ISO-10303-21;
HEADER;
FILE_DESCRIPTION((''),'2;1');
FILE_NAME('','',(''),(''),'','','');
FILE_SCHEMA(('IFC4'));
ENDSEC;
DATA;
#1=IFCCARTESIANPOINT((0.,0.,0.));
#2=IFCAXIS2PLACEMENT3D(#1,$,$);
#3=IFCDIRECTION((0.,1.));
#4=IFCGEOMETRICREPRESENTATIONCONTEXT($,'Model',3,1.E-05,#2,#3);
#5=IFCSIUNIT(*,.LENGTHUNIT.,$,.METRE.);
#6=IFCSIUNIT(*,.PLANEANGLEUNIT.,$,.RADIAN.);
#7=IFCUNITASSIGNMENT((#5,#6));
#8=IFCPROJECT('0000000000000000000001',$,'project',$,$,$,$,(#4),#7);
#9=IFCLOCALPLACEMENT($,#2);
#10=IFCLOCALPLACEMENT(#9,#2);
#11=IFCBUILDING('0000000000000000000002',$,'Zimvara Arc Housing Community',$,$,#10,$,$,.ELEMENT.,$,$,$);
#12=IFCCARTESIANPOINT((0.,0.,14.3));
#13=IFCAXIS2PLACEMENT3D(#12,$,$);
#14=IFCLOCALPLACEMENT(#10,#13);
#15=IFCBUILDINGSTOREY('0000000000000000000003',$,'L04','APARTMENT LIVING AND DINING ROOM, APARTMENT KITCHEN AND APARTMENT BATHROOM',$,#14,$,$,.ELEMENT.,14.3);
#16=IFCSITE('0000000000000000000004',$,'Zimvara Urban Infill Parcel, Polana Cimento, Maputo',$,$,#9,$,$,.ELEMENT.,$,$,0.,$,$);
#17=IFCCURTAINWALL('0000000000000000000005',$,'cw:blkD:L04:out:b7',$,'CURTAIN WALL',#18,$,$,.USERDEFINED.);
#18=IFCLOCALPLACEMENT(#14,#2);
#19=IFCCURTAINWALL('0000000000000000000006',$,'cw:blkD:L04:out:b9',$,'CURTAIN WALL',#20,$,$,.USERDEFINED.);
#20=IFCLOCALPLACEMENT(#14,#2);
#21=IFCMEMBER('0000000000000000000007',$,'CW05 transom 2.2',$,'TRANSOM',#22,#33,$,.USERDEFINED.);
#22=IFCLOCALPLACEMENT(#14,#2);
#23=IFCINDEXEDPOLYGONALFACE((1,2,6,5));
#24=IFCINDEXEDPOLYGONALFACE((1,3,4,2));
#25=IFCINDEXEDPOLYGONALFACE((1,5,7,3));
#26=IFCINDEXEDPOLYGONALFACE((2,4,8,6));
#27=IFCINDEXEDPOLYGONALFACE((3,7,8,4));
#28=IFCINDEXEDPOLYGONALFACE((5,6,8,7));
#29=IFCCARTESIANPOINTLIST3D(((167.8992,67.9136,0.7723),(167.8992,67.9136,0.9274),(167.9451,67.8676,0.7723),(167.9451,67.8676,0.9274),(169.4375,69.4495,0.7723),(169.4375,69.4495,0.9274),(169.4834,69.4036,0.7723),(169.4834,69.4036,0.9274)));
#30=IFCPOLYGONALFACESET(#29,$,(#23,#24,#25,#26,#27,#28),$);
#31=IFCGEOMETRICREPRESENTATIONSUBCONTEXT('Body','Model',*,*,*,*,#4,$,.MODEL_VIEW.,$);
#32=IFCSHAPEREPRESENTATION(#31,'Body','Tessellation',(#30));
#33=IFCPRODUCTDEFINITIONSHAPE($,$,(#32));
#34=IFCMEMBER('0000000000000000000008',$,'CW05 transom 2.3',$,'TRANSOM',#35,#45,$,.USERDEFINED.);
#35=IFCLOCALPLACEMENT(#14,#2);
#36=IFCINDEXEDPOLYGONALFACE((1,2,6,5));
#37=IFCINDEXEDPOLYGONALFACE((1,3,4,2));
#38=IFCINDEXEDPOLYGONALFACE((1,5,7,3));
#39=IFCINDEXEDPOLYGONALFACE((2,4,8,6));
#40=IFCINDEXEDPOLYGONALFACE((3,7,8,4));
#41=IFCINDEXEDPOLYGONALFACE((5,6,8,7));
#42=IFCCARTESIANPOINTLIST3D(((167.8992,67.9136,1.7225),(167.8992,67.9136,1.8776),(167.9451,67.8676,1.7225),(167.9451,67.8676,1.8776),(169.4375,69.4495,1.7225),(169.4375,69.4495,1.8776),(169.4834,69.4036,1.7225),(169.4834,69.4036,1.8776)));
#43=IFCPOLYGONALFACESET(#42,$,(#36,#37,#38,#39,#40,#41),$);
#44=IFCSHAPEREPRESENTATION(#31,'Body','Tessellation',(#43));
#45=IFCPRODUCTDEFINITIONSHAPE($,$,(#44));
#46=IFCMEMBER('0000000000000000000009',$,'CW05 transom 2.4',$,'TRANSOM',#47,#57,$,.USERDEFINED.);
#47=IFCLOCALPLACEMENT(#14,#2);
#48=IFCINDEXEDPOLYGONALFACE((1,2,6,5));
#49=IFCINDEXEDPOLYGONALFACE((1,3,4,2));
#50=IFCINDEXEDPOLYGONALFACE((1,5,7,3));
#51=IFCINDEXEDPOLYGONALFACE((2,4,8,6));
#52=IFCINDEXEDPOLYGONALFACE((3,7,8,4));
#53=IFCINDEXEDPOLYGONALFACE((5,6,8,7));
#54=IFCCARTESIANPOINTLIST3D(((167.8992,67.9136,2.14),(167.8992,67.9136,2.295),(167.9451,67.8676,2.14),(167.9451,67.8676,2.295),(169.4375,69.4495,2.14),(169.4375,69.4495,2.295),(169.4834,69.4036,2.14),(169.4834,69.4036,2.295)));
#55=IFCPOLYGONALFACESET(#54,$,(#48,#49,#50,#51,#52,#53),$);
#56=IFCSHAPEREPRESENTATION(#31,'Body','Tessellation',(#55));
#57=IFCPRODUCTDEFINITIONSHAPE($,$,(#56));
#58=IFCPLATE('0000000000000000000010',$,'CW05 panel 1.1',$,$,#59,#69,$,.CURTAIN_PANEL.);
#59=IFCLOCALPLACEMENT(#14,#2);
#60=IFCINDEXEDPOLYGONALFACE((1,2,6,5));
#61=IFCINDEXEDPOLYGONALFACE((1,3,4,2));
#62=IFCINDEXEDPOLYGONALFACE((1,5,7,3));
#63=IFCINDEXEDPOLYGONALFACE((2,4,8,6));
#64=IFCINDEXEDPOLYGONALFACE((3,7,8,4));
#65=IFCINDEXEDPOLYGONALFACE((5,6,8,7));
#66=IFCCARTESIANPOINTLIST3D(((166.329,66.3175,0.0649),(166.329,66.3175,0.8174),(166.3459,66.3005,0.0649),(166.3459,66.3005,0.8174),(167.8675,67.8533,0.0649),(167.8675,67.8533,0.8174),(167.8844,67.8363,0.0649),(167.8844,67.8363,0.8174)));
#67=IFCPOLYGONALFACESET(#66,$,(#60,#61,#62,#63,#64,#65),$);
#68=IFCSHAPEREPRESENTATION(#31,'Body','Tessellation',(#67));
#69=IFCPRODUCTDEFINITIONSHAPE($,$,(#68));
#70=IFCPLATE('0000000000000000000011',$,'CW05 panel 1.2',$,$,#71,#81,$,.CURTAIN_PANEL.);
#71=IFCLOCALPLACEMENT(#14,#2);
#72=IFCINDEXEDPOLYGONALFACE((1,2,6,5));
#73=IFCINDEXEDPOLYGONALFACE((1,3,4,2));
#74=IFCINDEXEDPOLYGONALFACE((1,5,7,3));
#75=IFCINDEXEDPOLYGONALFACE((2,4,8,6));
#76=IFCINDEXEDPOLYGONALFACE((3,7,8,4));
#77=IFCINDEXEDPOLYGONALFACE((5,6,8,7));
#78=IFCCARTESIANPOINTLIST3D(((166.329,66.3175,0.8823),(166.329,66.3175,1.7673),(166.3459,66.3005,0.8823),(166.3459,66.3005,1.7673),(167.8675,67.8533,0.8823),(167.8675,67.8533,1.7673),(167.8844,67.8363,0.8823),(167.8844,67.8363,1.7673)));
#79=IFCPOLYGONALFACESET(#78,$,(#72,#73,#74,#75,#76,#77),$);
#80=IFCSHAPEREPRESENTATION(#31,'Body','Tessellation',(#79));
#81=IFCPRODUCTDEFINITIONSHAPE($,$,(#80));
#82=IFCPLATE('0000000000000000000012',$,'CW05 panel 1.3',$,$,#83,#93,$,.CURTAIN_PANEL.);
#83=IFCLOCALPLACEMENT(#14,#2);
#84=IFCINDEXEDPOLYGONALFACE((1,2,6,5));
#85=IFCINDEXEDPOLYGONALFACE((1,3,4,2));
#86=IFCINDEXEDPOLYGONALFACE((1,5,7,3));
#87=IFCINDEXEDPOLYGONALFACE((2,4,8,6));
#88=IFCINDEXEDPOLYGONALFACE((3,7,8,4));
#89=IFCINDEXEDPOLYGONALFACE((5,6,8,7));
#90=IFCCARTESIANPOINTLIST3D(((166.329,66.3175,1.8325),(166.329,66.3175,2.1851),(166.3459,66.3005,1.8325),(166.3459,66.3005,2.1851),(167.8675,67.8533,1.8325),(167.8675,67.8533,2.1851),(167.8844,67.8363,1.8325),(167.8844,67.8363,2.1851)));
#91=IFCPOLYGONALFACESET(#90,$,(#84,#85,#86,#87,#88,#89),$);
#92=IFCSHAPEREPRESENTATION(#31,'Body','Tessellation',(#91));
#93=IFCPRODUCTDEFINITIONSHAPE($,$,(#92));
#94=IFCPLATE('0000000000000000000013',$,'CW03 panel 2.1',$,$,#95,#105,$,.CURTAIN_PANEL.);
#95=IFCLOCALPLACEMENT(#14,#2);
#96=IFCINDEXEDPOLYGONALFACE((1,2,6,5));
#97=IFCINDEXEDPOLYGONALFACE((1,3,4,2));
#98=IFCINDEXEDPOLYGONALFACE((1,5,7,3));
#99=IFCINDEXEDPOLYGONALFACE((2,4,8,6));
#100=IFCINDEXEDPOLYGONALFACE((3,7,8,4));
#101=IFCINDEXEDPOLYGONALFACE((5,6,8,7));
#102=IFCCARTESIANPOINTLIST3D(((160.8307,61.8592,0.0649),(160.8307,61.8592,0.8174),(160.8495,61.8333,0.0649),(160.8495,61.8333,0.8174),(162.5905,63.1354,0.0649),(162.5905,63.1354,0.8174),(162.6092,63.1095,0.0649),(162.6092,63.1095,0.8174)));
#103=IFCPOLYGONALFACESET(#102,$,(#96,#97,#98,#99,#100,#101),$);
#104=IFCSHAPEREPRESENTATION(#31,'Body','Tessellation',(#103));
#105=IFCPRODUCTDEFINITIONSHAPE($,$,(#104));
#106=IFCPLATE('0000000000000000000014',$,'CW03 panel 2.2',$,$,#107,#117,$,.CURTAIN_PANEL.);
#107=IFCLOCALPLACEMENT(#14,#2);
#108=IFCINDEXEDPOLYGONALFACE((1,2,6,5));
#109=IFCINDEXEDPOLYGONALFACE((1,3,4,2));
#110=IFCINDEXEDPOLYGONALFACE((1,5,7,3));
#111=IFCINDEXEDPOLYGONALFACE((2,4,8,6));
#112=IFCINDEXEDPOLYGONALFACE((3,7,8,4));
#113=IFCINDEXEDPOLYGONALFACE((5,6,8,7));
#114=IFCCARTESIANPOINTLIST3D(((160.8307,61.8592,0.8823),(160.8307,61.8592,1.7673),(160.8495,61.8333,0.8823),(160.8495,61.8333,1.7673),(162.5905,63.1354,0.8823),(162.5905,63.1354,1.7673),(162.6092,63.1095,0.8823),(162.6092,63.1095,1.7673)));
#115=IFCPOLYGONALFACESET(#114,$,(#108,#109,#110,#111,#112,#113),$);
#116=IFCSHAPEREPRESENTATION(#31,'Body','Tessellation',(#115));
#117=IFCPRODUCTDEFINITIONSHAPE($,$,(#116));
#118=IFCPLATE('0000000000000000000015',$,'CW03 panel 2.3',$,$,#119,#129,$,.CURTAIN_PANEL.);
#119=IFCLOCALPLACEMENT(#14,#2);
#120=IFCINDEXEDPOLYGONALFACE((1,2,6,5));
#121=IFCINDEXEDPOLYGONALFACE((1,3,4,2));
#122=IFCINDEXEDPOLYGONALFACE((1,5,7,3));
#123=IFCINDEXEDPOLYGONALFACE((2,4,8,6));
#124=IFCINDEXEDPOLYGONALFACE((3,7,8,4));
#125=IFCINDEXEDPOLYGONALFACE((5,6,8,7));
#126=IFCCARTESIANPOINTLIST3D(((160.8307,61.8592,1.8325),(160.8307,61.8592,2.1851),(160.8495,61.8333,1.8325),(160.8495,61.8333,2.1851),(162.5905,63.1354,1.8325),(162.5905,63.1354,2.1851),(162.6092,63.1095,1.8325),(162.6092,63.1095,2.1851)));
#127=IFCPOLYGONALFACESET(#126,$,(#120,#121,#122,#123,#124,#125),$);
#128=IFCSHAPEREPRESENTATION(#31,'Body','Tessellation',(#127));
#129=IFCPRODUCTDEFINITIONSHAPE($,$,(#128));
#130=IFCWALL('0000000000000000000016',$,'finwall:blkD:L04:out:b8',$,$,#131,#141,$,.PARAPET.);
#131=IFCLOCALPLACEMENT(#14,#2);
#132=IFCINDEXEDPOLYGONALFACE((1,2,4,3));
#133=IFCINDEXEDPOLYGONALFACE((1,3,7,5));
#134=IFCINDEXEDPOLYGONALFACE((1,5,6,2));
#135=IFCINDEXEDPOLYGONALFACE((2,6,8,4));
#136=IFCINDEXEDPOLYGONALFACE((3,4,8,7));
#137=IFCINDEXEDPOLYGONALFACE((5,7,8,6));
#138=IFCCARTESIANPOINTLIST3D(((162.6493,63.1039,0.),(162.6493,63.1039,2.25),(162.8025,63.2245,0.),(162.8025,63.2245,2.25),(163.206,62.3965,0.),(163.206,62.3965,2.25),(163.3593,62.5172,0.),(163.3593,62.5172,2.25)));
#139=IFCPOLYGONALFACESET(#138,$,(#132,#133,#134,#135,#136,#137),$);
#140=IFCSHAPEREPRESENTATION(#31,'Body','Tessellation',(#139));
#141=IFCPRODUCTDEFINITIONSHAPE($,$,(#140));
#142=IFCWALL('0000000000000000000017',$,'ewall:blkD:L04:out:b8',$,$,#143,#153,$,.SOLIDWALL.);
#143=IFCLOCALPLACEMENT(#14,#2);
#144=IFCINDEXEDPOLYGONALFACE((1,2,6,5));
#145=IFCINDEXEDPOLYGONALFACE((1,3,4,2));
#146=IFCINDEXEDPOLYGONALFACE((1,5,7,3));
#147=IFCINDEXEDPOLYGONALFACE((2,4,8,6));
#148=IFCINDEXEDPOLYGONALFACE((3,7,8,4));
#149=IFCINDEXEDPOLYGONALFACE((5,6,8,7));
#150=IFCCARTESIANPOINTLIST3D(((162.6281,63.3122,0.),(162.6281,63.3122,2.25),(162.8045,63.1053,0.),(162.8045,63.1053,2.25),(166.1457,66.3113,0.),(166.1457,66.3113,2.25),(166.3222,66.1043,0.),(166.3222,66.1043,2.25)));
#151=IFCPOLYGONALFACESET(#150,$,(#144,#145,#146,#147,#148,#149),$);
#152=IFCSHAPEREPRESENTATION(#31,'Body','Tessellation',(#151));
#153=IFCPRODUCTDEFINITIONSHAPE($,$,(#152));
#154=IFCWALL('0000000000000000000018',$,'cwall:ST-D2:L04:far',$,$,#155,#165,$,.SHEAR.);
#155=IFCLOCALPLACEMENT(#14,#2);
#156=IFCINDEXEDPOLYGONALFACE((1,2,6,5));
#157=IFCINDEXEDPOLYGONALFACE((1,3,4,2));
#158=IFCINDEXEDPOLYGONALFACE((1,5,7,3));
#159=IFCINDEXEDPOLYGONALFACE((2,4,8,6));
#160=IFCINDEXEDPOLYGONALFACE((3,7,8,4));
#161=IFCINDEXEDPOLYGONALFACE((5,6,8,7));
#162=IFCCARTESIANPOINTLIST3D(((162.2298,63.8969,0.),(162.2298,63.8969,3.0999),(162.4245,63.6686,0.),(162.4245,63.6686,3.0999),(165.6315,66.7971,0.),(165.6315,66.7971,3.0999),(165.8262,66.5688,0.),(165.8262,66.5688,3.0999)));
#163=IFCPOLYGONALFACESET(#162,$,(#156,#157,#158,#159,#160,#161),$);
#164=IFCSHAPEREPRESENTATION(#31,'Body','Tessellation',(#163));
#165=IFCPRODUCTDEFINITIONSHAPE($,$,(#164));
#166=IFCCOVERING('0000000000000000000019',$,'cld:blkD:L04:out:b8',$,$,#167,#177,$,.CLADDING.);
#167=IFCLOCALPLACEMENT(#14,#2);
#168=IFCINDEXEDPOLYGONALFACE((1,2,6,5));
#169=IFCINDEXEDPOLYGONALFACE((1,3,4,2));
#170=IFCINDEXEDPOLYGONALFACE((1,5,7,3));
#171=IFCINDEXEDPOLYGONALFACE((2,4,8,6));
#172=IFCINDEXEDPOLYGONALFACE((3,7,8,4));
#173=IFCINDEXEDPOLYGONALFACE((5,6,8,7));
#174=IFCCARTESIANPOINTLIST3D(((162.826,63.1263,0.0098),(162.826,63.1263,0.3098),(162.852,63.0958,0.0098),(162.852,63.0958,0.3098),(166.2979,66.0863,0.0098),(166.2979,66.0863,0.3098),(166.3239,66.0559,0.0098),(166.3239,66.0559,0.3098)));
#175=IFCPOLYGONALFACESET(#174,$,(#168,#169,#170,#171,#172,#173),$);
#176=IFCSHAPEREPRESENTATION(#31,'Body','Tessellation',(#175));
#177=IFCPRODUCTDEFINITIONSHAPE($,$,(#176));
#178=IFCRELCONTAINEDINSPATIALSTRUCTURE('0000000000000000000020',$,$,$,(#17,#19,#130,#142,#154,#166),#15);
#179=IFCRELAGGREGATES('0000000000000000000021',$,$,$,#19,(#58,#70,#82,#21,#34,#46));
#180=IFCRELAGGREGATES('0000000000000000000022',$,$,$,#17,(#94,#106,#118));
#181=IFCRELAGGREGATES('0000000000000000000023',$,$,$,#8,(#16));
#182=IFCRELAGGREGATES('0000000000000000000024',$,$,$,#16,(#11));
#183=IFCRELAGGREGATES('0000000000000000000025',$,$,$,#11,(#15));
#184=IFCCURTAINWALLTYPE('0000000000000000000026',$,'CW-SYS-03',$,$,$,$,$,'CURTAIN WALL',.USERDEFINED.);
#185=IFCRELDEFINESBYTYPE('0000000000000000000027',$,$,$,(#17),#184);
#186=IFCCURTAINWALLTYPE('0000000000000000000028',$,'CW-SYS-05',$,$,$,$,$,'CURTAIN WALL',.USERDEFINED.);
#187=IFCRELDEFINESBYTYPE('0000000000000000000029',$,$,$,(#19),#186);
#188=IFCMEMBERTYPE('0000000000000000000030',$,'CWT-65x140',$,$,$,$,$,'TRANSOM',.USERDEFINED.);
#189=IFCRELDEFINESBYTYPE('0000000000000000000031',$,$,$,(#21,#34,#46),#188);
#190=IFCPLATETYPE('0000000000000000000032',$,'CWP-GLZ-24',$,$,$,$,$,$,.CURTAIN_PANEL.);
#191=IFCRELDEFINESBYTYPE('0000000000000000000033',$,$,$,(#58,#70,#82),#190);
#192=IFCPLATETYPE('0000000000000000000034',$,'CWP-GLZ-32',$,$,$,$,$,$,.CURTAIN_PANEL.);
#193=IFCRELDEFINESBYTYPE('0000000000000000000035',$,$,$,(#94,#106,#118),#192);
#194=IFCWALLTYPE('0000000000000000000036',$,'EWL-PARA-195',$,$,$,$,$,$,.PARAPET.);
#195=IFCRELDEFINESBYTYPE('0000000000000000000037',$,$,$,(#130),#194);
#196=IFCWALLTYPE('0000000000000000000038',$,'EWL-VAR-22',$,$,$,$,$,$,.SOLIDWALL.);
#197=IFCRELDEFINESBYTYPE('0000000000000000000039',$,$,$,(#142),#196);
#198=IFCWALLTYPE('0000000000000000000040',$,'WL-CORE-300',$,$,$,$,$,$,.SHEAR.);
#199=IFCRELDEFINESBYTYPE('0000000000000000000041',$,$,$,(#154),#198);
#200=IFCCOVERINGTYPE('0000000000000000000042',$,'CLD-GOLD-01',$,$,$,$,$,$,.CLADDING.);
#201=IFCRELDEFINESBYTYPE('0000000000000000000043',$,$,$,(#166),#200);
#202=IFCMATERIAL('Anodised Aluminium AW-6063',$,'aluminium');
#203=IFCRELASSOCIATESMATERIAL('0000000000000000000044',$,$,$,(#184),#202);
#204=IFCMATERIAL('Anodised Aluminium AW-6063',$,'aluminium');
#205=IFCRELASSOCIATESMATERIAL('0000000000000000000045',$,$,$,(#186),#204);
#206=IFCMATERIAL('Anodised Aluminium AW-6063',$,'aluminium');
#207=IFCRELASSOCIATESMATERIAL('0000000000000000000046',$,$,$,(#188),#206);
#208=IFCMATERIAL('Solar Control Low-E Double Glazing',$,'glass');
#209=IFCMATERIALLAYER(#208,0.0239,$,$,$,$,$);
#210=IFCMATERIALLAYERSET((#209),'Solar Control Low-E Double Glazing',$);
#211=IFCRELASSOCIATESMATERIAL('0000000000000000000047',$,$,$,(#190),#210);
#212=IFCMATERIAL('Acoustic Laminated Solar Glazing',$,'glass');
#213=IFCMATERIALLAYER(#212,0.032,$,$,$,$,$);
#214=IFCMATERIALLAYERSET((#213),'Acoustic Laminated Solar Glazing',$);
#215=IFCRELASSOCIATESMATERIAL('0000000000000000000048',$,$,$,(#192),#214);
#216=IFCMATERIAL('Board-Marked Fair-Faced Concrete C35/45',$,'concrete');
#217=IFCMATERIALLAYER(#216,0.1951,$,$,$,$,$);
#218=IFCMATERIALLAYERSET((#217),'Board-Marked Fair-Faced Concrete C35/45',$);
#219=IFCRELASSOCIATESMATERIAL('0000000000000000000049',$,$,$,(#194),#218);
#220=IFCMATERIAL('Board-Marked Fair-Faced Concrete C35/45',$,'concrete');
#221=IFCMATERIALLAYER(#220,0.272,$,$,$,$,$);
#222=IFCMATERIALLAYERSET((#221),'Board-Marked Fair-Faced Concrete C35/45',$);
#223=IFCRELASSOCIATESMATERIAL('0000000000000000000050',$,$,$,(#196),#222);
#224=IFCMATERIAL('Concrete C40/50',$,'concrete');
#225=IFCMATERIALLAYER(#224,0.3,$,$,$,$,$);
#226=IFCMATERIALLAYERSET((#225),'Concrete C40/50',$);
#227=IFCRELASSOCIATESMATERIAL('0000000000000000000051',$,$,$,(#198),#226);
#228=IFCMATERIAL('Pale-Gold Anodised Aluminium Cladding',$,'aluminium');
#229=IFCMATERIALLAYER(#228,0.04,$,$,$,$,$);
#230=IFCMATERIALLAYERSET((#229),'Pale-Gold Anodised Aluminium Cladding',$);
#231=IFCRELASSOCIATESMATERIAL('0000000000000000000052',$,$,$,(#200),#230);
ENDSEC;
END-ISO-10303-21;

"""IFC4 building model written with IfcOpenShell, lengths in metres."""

from ifc_helpers import new_model, si_unit, direction, frame, frame_2d, origin, origin_2d, place, context, subcontext, project, spatial, rectangle, extrude, material, layer, layer_set, material_profile, profile_set, type_object, element, aggregate, save


model = new_model("IFC4")

# Units and contexts
model_context = context("Model", 3, precision=1e-05, world=origin(), true_north=direction((0.0, 1.0)))
body_context = subcontext(model_context, "Body", "Model", "MODEL_VIEW")
ifc_project = project(units=[si_unit("LENGTHUNIT", "METRE"), si_unit("PLANEANGLEUNIT", "RADIAN")], contexts=[model_context])

# Site, building, storey
site_placement = place(None, origin())
site = spatial("IfcSite", under=ifc_project, at=site_placement, Name="Zimvara Urban Infill Parcel, Polana Cimento, Maputo", CompositionType="ELEMENT", RefElevation=0.0)
building_placement = place(site_placement, origin())
building = spatial("IfcBuilding", under=site, at=building_placement, Name="Zimvara Arc Housing Community", CompositionType="ELEMENT")
storey_placement = place(building_placement, frame((0.0, 0.0, 14.3)))
storey = spatial("IfcBuildingStorey", under=building, at=storey_placement, Name="L04", Description="APARTMENT LIVING AND DINING ROOM, APARTMENT KITCHEN AND APARTMENT BATHROOM", CompositionType="ELEMENT", Elevation=14.3)

# Curtain wall
ifc_material_1 = material(Name="Anodised Aluminium AW-6063", Category="aluminium")
curtain_wall_type_1 = type_object("IfcCurtainWallType", Name="CW-SYS-03", ElementType="CURTAIN WALL", PredefinedType="USERDEFINED", material=ifc_material_1)
curtain_wall_1_placement = place(storey_placement, origin())
curtain_wall_1 = element("IfcCurtainWall", 1, at=curtain_wall_1_placement, inside=storey, type_object=curtain_wall_type_1, Name="cw:blkD:L04:out:b7", ObjectType="CURTAIN WALL", PredefinedType="USERDEFINED")

# Curtain wall
ifc_material_2 = material(Name="Anodised Aluminium AW-6063", Category="aluminium")
curtain_wall_type_2 = type_object("IfcCurtainWallType", Name="CW-SYS-05", ElementType="CURTAIN WALL", PredefinedType="USERDEFINED", material=ifc_material_2)
curtain_wall_2_placement = place(storey_placement, origin())
curtain_wall_2 = element("IfcCurtainWall", 2, at=curtain_wall_2_placement, inside=storey, type_object=curtain_wall_type_2, Name="cw:blkD:L04:out:b9", ObjectType="CURTAIN WALL", PredefinedType="USERDEFINED")

# Members
ifc_material_3 = material(Name="Anodised Aluminium AW-6063", Category="aluminium")
ifc_material_profile_1 = material_profile(ifc_material_3, rectangle(XDim=0.0649, YDim=0.155, at=origin_2d()), Name="ALU 65x155")
ifc_profile_set_1 = profile_set([ifc_material_profile_1], Name="Anodised Aluminium AW-6063")
member_type_1 = type_object("IfcMemberType", Name="CWT-65x140", ElementType="TRANSOM", PredefinedType="USERDEFINED", material=ifc_profile_set_1)
member_1_placement = place(storey_placement, frame((167.9221, 67.8906, 0.8499), z_axis=(0.707668, 0.706545, 0.0), x_axis=(-0.706545, 0.707668, 0.0)))
member_1 = element("IfcMember", 3, at=member_1_placement, type_object=member_type_1, Name="CW05 transom 2.2", ObjectType="TRANSOM", PredefinedType="USERDEFINED", context=body_context, shape_type="SweptSolid", body=[
    extrude(rectangle(XDim=0.0649, YDim=0.155, at=origin_2d()), origin(), (0.0, 0.0, 1.0), 2.1738),
])
member_2_placement = place(storey_placement, frame((167.9221, 67.8906, 1.8), z_axis=(0.707668, 0.706545, 0.0), x_axis=(-0.706545, 0.707668, 0.0)))
member_2 = element("IfcMember", 4, at=member_2_placement, type_object=member_type_1, Name="CW05 transom 2.3", ObjectType="TRANSOM", PredefinedType="USERDEFINED", context=body_context, shape_type="SweptSolid", body=[
    extrude(rectangle(XDim=0.0649, YDim=0.155, at=origin_2d()), origin(), (0.0, 0.0, 1.0), 2.1738),
])
member_3_placement = place(storey_placement, frame((167.9221, 67.8906, 2.2175), z_axis=(0.707668, 0.706545, 0.0), x_axis=(-0.706545, 0.707668, 0.0)))
member_3 = element("IfcMember", 5, at=member_3_placement, type_object=member_type_1, Name="CW05 transom 2.4", ObjectType="TRANSOM", PredefinedType="USERDEFINED", context=body_context, shape_type="SweptSolid", body=[
    extrude(rectangle(XDim=0.0649, YDim=0.155, at=origin_2d()), origin(), (0.0, 0.0, 1.0), 2.1738),
])

# Plates
ifc_material_4 = material(Name="Solar Control Low-E Double Glazing", Category="glass")
ifc_layer_1 = layer(ifc_material_4, 0.0239)
ifc_layer_set_1 = layer_set([ifc_layer_1], Name="Solar Control Low-E Double Glazing")
plate_type_1 = type_object("IfcPlateType", Name="CWP-GLZ-24", PredefinedType="CURTAIN_PANEL", material=ifc_layer_set_1)
plate_1_placement = place(storey_placement, frame((167.1067, 67.0769, 0.0649), z_axis=(0.0, 0.0, 1.0), x_axis=(0.707724, 0.706489, 0.0)))
plate_1 = element("IfcPlate", 6, at=plate_1_placement, type_object=plate_type_1, Name="CW05 panel 1.1", PredefinedType="CURTAIN_PANEL", context=body_context, shape_type="SweptSolid", body=[
    extrude(rectangle(XDim=2.1738, YDim=0.0239, at=origin_2d()), origin(), (0.0, 0.0, 1.0), 0.7524),
])
plate_2_placement = place(storey_placement, frame((167.1067, 67.0769, 0.8823), z_axis=(0.0, 0.0, 1.0), x_axis=(0.707724, 0.706489, 0.0)))
plate_2 = element("IfcPlate", 7, at=plate_2_placement, type_object=plate_type_1, Name="CW05 panel 1.2", PredefinedType="CURTAIN_PANEL", context=body_context, shape_type="SweptSolid", body=[
    extrude(rectangle(XDim=2.1738, YDim=0.0239, at=origin_2d()), origin(), (0.0, 0.0, 1.0), 0.885),
])
plate_3_placement = place(storey_placement, frame((167.1067, 67.0769, 1.8325), z_axis=(0.0, 0.0, 1.0), x_axis=(0.707724, 0.706489, 0.0)))
plate_3 = element("IfcPlate", 8, at=plate_3_placement, type_object=plate_type_1, Name="CW05 panel 1.3", PredefinedType="CURTAIN_PANEL", context=body_context, shape_type="SweptSolid", body=[
    extrude(rectangle(XDim=2.1738, YDim=0.0239, at=origin_2d()), origin(), (0.0, 0.0, 1.0), 0.3525),
])
aggregate(curtain_wall_2, [plate_1, plate_2, plate_3, member_1, member_2, member_3])
ifc_material_5 = material(Name="Acoustic Laminated Solar Glazing", Category="glass")
ifc_layer_2 = layer(ifc_material_5, 0.032)
ifc_layer_set_2 = layer_set([ifc_layer_2], Name="Acoustic Laminated Solar Glazing")
plate_type_2 = type_object("IfcPlateType", Name="CWP-GLZ-32", PredefinedType="CURTAIN_PANEL", material=ifc_layer_set_2)
plate_4_placement = place(storey_placement, frame((161.72, 62.4844, 0.0649), z_axis=(0.0, 0.0, 1.0), x_axis=(0.80953, 0.587078, 0.0)))
plate_4 = element("IfcPlate", 9, at=plate_4_placement, type_object=plate_type_2, Name="CW03 panel 2.1", PredefinedType="CURTAIN_PANEL", context=body_context, shape_type="SweptSolid", body=[
    extrude(rectangle(XDim=2.1738, YDim=0.032, at=origin_2d()), origin(), (0.0, 0.0, 1.0), 0.7524),
])
plate_5_placement = place(storey_placement, frame((161.72, 62.4844, 0.8823), z_axis=(0.0, 0.0, 1.0), x_axis=(0.80953, 0.587078, 0.0)))
plate_5 = element("IfcPlate", 10, at=plate_5_placement, type_object=plate_type_2, Name="CW03 panel 2.2", PredefinedType="CURTAIN_PANEL", context=body_context, shape_type="SweptSolid", body=[
    extrude(rectangle(XDim=2.1738, YDim=0.032, at=origin_2d()), origin(), (0.0, 0.0, 1.0), 0.885),
])
plate_6_placement = place(storey_placement, frame((161.72, 62.4844, 1.8325), z_axis=(0.0, 0.0, 1.0), x_axis=(0.80953, 0.587078, 0.0)))
plate_6 = element("IfcPlate", 11, at=plate_6_placement, type_object=plate_type_2, Name="CW03 panel 2.3", PredefinedType="CURTAIN_PANEL", context=body_context, shape_type="SweptSolid", body=[
    extrude(rectangle(XDim=2.1738, YDim=0.032, at=origin_2d()), origin(), (0.0, 0.0, 1.0), 0.3525),
])
aggregate(curtain_wall_1, [plate_4, plate_5, plate_6])

# Walls
ifc_material_6 = material(Name="Board-Marked Fair-Faced Concrete C35/45", Category="concrete")
ifc_layer_3 = layer(ifc_material_6, 0.1951)
ifc_layer_set_3 = layer_set([ifc_layer_3], Name="Board-Marked Fair-Faced Concrete C35/45")
wall_type_1 = type_object("IfcWallType", Name="EWL-PARA-195", PredefinedType="PARAPET", material=ifc_layer_set_3)
wall_1_placement = place(storey_placement, frame((162.7258, 63.1643, 0.0), z_axis=(0.0, 0.0, 1.0), x_axis=(0.618456, -0.785819, 0.0)))
element("IfcWall", 12, at=wall_1_placement, inside=storey, type_object=wall_type_1, Name="finwall:blkD:L04:out:b8", PredefinedType="PARAPET", context=body_context, shape_type="SweptSolid", body=[
    extrude(rectangle(XDim=0.9001, YDim=0.1951, at=frame_2d((0.4502, 0.0))), origin(), (0.0, 0.0, 1.0), 2.25),
])
ifc_material_7 = material(Name="Board-Marked Fair-Faced Concrete C35/45", Category="concrete")
ifc_layer_4 = layer(ifc_material_7, 0.272)
ifc_layer_set_4 = layer_set([ifc_layer_4], Name="Board-Marked Fair-Faced Concrete C35/45")
wall_type_2 = type_object("IfcWallType", Name="EWL-VAR-22", PredefinedType="SOLIDWALL", material=ifc_layer_set_4)
wall_2_placement = place(storey_placement, frame((162.7163, 63.2087, 0.0), z_axis=(0.0, 0.0, 1.0), x_axis=(0.760969, 0.648788, 0.0)))
element("IfcWall", 13, at=wall_2_placement, inside=storey, type_object=wall_type_2, Name="ewall:blkD:L04:out:b8", PredefinedType="SOLIDWALL", context=body_context, shape_type="SweptSolid", body=[
    extrude(rectangle(XDim=4.6226, YDim=0.272, at=frame_2d((2.3113, 0.0))), origin(), (0.0, 0.0, 1.0), 2.25),
])
ifc_material_8 = material(Name="Concrete C40/50", Category="concrete")
ifc_layer_5 = layer(ifc_material_8, 0.3)
ifc_layer_set_5 = layer_set([ifc_layer_5], Name="Concrete C40/50")
wall_type_3 = type_object("IfcWallType", Name="WL-CORE-300", PredefinedType="SHEAR", material=ifc_layer_set_5)
wall_3_placement = place(storey_placement, frame((162.3271, 63.7827, 0.0), z_axis=(0.0, 0.0, 1.0), x_axis=(0.76097, 0.648788, 0.0)))
element("IfcWall", 14, at=wall_3_placement, inside=storey, type_object=wall_type_3, Name="cwall:ST-D2:L04:far", PredefinedType="SHEAR", context=body_context, shape_type="SweptSolid", body=[
    extrude(rectangle(XDim=4.4702, YDim=0.3, at=frame_2d((2.2351, 0.0))), origin(), (0.0, 0.0, 1.0), 3.0999),
])

# Covering
ifc_material_9 = material(Name="Pale-Gold Anodised Aluminium Cladding", Category="aluminium")
ifc_layer_6 = layer(ifc_material_9, 0.04)
ifc_layer_set_6 = layer_set([ifc_layer_6], Name="Pale-Gold Anodised Aluminium Cladding")
covering_type = type_object("IfcCoveringType", Name="CLD-GOLD-01", PredefinedType="CLADDING", material=ifc_layer_set_6)
covering_placement = place(storey_placement, frame((164.575, 64.5911, 0.0098), z_axis=(0.0, 0.0, 1.0), x_axis=(0.760971, 0.648786, 0.0)))
element("IfcCovering", 15, at=covering_placement, inside=storey, type_object=covering_type, Name="cld:blkD:L04:out:b8", PredefinedType="CLADDING", context=body_context, shape_type="SweptSolid", body=[
    extrude(rectangle(XDim=4.5625, YDim=0.04, at=origin_2d()), origin(), (0.0, 0.0, 1.0), 0.3),
])

save(model, "model.ifc")
